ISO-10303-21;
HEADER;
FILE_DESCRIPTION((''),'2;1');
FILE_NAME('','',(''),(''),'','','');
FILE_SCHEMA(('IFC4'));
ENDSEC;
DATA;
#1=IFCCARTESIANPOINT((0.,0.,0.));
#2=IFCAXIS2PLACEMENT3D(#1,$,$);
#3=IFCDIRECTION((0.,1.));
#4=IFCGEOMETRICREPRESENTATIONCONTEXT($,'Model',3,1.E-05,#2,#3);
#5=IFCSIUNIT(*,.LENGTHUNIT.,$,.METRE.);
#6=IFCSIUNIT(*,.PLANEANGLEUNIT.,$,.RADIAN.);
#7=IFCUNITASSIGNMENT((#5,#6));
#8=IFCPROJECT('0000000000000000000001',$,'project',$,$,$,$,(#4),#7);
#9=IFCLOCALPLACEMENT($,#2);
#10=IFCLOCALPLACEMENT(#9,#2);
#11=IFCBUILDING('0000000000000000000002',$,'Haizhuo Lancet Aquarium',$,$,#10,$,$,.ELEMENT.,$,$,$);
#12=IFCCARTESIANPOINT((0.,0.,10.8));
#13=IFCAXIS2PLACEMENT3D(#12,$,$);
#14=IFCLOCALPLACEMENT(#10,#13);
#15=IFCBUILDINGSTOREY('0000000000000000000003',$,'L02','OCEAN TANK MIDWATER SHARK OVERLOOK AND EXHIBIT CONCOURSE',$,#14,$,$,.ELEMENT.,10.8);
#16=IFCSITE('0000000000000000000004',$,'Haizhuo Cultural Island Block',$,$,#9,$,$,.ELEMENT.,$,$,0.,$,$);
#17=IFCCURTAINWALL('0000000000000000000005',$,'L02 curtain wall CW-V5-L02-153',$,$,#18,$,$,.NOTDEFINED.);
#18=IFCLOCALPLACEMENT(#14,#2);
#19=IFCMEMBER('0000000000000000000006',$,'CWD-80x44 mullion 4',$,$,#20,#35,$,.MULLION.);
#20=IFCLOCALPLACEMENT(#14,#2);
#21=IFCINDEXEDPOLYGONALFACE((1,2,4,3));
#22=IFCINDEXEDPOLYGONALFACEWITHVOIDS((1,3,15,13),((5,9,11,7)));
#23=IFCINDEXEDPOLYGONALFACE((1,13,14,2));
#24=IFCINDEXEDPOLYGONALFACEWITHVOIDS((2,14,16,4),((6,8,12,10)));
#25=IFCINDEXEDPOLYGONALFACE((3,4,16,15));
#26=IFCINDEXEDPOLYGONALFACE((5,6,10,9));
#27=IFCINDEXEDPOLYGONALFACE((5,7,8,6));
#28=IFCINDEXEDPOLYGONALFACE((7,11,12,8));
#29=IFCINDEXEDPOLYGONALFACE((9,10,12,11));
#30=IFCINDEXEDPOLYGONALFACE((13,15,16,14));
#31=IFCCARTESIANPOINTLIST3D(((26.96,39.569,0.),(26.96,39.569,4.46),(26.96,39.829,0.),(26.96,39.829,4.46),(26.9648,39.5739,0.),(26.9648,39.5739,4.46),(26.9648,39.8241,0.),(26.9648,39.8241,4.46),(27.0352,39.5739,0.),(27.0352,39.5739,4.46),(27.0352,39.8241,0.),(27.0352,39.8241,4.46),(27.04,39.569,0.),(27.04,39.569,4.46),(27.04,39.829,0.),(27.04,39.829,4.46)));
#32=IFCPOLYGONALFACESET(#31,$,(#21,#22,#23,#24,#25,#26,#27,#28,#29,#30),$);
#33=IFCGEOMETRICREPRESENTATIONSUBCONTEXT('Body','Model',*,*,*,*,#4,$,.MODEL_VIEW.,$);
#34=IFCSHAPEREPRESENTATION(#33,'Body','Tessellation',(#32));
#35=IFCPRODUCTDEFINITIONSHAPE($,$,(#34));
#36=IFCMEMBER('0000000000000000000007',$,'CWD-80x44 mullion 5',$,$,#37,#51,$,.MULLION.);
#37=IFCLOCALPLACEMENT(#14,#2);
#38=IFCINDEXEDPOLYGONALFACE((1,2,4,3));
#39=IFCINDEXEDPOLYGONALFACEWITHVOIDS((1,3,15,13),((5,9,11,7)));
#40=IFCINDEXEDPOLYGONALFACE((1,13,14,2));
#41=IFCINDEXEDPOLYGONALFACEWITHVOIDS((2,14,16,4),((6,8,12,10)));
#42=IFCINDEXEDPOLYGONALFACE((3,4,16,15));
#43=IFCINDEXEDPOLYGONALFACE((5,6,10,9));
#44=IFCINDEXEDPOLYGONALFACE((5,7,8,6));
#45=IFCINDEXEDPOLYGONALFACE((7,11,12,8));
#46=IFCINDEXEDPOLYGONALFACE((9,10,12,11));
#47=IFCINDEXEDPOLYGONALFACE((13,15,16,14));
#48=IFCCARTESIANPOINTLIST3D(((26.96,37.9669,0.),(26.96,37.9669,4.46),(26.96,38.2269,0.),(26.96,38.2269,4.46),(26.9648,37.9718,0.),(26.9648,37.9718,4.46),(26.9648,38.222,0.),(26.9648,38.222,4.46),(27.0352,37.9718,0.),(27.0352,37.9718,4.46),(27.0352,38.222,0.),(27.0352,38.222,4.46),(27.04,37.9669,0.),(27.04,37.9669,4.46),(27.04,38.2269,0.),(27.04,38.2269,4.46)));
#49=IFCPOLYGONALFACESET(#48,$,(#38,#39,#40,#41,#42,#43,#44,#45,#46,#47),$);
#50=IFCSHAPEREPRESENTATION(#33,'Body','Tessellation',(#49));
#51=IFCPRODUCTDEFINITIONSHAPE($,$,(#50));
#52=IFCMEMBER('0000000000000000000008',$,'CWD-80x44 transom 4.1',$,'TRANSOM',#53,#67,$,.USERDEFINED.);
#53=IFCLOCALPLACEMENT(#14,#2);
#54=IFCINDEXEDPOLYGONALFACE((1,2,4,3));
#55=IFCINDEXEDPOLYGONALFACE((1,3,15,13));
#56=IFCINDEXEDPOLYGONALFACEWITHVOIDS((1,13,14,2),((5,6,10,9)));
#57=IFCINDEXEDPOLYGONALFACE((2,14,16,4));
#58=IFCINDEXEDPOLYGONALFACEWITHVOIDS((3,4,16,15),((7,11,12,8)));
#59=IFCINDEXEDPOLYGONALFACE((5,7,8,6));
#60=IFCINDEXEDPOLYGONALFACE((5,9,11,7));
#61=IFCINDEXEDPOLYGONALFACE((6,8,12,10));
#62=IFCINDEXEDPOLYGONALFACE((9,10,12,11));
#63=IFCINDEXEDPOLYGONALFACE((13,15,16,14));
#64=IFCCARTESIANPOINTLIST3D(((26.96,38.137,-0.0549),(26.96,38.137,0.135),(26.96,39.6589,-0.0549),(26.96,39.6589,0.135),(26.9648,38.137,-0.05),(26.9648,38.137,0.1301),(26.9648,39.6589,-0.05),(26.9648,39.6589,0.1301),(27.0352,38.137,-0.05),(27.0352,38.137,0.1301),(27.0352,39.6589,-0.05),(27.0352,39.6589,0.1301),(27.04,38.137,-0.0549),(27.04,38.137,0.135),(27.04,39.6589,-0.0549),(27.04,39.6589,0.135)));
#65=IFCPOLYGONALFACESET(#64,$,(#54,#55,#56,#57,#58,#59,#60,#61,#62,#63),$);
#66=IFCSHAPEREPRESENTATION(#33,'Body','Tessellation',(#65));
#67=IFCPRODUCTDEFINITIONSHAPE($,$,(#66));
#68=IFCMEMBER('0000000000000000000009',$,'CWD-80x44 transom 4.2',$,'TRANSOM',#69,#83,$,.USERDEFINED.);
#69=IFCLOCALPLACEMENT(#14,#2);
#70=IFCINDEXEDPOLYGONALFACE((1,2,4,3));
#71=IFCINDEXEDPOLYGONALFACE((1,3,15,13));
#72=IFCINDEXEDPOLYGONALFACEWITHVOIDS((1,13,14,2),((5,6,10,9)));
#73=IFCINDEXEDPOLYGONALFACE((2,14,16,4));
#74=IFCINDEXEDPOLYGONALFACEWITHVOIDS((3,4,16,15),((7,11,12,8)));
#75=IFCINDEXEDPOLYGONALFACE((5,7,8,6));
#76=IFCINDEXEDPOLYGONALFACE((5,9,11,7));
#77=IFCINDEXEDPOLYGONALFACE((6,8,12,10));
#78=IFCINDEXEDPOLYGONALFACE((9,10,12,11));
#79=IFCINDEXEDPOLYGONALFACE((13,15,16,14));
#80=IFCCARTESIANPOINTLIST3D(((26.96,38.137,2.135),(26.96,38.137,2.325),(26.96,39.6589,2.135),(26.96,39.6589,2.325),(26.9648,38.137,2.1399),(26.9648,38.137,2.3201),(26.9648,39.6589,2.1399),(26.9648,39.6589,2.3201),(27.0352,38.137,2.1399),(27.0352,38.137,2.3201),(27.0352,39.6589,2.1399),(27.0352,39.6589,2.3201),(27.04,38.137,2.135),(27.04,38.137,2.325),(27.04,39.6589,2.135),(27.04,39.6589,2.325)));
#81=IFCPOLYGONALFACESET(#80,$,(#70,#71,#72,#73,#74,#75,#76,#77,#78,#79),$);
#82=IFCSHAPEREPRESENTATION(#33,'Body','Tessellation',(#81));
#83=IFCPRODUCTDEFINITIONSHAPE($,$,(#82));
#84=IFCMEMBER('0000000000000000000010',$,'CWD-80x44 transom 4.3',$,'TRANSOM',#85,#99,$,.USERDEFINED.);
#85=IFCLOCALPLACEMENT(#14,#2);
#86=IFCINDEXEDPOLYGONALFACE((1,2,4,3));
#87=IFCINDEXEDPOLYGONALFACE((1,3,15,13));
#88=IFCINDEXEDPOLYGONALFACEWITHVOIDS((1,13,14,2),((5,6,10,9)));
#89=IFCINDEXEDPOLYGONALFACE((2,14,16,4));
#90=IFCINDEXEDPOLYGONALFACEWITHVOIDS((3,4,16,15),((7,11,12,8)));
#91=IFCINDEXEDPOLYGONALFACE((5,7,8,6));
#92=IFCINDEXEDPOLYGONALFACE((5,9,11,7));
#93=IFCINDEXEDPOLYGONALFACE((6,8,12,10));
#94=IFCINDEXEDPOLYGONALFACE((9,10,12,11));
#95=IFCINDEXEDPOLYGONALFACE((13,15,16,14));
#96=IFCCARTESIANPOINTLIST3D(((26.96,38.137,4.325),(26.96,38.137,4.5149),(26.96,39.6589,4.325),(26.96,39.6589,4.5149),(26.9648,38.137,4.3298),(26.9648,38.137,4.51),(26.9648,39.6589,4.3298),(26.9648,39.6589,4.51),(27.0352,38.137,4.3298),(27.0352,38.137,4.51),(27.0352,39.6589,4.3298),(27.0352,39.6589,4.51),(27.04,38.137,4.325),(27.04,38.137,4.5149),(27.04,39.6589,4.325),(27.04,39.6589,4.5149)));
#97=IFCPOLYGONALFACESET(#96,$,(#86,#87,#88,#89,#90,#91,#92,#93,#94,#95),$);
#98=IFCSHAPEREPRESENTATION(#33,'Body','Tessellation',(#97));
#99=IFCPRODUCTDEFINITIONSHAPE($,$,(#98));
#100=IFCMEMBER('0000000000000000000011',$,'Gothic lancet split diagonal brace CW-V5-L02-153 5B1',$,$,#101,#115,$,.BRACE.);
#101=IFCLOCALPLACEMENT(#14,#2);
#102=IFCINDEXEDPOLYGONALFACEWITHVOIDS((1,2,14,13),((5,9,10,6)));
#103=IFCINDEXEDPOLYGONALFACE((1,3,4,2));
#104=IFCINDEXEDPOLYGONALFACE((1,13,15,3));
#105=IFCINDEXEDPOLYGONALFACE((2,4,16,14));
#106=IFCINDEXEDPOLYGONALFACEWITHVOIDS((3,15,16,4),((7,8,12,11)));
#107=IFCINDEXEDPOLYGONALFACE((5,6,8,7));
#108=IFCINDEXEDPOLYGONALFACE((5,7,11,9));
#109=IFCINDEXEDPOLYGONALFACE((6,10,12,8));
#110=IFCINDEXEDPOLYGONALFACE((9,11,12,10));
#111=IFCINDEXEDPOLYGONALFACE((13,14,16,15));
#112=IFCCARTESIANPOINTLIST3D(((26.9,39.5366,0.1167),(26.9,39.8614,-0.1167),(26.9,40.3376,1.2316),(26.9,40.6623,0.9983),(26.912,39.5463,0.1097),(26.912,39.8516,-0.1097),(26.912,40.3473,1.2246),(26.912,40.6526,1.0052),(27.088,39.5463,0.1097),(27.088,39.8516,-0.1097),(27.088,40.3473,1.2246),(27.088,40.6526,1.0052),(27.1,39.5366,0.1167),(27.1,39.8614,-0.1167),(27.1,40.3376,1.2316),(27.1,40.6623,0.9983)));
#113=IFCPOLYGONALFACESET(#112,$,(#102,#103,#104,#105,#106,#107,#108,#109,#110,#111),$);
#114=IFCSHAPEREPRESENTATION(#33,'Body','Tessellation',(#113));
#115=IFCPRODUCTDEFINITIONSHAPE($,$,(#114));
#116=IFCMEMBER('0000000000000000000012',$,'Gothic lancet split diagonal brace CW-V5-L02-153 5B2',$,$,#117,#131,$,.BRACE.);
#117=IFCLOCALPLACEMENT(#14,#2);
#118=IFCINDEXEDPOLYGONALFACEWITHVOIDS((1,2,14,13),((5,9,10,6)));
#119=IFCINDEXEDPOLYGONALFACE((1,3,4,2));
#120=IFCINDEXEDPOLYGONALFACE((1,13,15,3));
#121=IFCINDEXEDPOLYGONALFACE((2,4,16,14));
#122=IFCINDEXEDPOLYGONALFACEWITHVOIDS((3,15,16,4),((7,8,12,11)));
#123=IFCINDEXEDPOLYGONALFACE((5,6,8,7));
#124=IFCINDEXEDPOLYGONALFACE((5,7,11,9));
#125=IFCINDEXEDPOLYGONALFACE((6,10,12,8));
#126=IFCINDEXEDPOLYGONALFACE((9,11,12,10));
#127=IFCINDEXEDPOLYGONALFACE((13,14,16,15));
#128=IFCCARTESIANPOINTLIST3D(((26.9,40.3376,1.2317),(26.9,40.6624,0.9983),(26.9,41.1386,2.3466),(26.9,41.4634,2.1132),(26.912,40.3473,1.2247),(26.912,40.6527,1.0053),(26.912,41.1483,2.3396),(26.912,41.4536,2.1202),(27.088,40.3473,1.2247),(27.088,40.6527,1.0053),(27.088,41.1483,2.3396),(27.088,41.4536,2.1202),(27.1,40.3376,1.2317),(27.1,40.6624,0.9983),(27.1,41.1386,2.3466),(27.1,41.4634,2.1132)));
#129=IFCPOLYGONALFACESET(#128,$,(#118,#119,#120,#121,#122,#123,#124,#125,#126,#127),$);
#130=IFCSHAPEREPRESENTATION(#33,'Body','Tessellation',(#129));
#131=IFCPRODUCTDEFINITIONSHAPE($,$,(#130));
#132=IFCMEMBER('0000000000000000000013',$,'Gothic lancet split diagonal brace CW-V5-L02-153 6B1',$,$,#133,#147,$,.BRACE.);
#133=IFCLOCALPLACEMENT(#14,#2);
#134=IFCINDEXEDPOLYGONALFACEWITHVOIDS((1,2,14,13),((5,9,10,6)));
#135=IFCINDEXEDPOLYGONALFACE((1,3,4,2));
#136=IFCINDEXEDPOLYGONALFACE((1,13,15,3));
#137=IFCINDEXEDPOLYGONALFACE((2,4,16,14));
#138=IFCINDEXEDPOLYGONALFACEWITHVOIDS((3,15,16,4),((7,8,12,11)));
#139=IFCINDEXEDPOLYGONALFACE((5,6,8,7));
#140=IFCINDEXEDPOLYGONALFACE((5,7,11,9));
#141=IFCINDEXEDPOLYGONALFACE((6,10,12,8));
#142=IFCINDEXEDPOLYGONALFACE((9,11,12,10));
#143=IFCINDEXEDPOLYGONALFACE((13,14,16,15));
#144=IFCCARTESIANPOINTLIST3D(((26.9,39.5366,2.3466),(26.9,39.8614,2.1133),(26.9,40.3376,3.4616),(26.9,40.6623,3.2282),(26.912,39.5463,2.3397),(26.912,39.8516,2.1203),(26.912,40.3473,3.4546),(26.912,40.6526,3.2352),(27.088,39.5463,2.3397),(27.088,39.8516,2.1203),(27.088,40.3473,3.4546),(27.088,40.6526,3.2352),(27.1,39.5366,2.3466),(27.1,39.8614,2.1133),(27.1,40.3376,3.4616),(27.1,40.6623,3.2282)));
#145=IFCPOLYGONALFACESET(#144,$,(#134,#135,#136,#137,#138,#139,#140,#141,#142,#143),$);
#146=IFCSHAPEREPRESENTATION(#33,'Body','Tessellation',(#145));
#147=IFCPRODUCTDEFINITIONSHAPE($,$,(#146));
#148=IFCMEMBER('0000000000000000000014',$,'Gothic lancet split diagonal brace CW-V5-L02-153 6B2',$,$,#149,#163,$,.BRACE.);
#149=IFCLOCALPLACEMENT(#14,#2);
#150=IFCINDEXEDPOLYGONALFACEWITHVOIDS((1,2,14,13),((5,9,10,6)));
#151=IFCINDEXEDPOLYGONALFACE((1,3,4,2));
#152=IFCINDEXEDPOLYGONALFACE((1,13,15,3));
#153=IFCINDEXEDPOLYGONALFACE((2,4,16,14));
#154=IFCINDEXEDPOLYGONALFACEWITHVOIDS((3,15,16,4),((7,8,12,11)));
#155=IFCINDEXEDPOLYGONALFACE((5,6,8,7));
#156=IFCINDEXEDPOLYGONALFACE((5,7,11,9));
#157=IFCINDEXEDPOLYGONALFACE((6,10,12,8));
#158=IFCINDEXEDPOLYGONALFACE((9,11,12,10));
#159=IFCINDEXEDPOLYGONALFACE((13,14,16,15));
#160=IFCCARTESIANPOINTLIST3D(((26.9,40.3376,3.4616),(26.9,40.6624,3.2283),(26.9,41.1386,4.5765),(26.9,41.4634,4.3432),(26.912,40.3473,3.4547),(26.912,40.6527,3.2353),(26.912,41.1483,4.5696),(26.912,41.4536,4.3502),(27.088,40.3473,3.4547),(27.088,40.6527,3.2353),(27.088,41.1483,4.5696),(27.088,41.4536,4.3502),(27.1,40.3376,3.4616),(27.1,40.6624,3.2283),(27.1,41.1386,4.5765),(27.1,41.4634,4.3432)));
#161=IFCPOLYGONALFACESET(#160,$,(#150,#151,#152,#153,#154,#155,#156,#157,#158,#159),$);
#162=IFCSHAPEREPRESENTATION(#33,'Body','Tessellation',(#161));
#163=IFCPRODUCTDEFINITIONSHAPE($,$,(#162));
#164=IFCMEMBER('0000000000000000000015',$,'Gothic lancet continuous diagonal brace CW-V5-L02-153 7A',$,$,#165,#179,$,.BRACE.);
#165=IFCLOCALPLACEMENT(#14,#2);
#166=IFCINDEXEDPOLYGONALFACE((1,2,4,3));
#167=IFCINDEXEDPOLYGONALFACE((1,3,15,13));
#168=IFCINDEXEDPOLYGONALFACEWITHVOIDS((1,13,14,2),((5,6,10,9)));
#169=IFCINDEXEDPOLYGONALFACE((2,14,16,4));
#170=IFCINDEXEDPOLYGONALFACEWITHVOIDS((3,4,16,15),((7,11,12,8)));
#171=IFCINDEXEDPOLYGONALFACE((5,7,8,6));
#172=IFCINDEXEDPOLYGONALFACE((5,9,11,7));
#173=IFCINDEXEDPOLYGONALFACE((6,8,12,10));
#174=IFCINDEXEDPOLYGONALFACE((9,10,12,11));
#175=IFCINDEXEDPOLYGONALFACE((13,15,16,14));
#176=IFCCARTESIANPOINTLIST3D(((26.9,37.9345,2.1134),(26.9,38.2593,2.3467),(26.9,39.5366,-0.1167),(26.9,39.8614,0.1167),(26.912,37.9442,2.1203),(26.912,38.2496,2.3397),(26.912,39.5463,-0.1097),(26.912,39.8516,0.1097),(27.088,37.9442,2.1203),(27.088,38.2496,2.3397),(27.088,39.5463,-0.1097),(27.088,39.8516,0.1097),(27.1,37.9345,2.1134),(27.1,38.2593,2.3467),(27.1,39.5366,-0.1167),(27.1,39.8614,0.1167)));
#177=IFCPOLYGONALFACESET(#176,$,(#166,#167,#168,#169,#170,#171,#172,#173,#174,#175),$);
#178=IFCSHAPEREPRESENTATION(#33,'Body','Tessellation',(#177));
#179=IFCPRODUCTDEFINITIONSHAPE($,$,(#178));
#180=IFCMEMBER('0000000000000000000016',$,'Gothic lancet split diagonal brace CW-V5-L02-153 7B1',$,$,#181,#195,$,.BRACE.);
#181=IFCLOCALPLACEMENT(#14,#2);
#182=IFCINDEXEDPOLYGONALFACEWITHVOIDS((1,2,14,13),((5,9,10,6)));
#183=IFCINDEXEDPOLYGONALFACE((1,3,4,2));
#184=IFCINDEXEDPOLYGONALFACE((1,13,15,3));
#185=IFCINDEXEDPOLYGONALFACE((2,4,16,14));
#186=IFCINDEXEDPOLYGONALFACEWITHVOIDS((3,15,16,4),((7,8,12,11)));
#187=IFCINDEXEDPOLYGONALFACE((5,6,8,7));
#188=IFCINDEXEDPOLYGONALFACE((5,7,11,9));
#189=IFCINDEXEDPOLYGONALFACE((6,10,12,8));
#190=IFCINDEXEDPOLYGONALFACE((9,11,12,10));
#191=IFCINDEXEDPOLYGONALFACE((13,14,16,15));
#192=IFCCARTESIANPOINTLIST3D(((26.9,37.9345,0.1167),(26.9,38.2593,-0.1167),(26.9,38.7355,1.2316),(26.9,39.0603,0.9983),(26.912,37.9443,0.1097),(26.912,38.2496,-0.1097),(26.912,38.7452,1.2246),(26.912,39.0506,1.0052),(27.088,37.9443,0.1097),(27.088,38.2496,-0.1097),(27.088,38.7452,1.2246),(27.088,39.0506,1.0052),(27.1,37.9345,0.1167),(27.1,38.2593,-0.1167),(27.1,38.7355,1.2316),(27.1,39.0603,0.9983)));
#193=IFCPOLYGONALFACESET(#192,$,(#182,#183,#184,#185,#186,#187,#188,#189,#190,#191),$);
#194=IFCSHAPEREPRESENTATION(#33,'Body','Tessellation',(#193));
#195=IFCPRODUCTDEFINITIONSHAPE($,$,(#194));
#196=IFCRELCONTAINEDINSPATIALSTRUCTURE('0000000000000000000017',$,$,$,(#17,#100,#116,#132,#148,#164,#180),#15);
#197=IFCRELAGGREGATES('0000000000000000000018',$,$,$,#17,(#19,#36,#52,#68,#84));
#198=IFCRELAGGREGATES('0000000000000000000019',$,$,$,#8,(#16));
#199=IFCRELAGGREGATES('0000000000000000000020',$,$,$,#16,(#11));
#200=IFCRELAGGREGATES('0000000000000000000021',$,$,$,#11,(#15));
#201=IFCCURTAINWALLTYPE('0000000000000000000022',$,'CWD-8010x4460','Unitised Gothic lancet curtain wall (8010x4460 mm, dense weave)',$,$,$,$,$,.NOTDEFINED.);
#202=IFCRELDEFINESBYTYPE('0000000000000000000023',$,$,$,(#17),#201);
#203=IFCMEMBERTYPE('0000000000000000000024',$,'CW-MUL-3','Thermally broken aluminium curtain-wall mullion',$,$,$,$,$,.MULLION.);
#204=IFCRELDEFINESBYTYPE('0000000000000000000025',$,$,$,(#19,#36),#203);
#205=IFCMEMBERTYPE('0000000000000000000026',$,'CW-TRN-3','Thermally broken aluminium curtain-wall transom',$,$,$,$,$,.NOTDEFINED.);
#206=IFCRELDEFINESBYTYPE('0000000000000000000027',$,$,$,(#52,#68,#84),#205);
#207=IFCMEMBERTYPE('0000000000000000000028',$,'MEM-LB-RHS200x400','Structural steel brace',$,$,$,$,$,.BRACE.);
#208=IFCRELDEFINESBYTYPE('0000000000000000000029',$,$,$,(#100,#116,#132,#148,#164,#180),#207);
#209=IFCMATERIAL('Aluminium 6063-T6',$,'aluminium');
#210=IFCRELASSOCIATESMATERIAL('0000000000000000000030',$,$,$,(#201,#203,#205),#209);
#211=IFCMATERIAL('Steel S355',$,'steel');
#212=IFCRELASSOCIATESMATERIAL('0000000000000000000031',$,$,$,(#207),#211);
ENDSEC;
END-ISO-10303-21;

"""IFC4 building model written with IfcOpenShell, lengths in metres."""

from ifc_helpers import new_model, si_unit, direction, frame, origin, origin_2d, place, context, subcontext, project, spatial, hollow_rectangle, extrude, material, material_profile, profile_set, type_object, element, aggregate, save


model = new_model("IFC4")

# Units and contexts
model_context = context("Model", 3, precision=1e-05, world=origin(), true_north=direction((0.0, 1.0)))
body_context = subcontext(model_context, "Body", "Model", "MODEL_VIEW")
ifc_project = project(units=[si_unit("LENGTHUNIT", "METRE"), si_unit("PLANEANGLEUNIT", "RADIAN")], contexts=[model_context])

# Site, building, storey
site_placement = place(None, origin())
site = spatial("IfcSite", under=ifc_project, at=site_placement, Name="Haizhuo Cultural Island Block", CompositionType="ELEMENT", RefElevation=0.0)
building_placement = place(site_placement, origin())
building = spatial("IfcBuilding", under=site, at=building_placement, Name="Haizhuo Lancet Aquarium", CompositionType="ELEMENT")
storey_placement = place(building_placement, frame((0.0, 0.0, 10.8)))
storey = spatial("IfcBuildingStorey", under=building, at=storey_placement, Name="L02", Description="OCEAN TANK MIDWATER SHARK OVERLOOK AND EXHIBIT CONCOURSE", CompositionType="ELEMENT", Elevation=10.8)

# Curtain wall, members
ifc_material_1 = material(Name="Aluminium 6063-T6", Category="aluminium")
curtain_wall_type = type_object("IfcCurtainWallType", Name="CWD-8010x4460", Description="Unitised Gothic lancet curtain wall (8010x4460 mm, dense weave)", PredefinedType="NOTDEFINED", material=ifc_material_1)
curtain_wall_placement = place(storey_placement, origin())
curtain_wall = element("IfcCurtainWall", 1, at=curtain_wall_placement, inside=storey, type_object=curtain_wall_type, Name="L02 curtain wall CW-V5-L02-153", PredefinedType="NOTDEFINED")
ifc_material_profile_1 = material_profile(ifc_material_1, hollow_rectangle(XDim=0.0801, YDim=0.26, WallThickness=0.0049, at=origin_2d()), Name="ALU-M 80x260x5")
ifc_profile_set_1 = profile_set([ifc_material_profile_1], Name="Aluminium 6063-T6")
member_type_1 = type_object("IfcMemberType", Name="CW-MUL-3", Description="Thermally broken aluminium curtain-wall mullion", PredefinedType="MULLION", material=ifc_profile_set_1)
member_1_placement = place(storey_placement, frame((27.0, 39.699, 0.0), z_axis=(0.0, 0.0, 1.0), x_axis=(1.0, 0.0, 0.0)))
member_1 = element("IfcMember", 2, at=member_1_placement, type_object=member_type_1, Name="CWD-80x44 mullion 4", PredefinedType="MULLION", context=body_context, shape_type="SweptSolid", body=[
    extrude(hollow_rectangle(XDim=0.0801, YDim=0.26, WallThickness=0.0049, at=origin_2d()), origin(), (0.0, 0.0, 1.0), 4.46),
])
member_2_placement = place(storey_placement, frame((27.0, 38.0969, 0.0), z_axis=(0.0, 0.0, 1.0), x_axis=(1.0, 0.0, 0.0)))
member_2 = element("IfcMember", 3, at=member_2_placement, type_object=member_type_1, Name="CWD-80x44 mullion 5", PredefinedType="MULLION", context=body_context, shape_type="SweptSolid", body=[
    extrude(hollow_rectangle(XDim=0.0801, YDim=0.26, WallThickness=0.0049, at=origin_2d()), origin(), (0.0, 0.0, 1.0), 4.46),
])
ifc_material_profile_2 = material_profile(ifc_material_1, hollow_rectangle(XDim=0.0801, YDim=0.1899, WallThickness=0.0049, at=origin_2d()), Name="ALU-T 80x190x5")
ifc_profile_set_2 = profile_set([ifc_material_profile_2], Name="Aluminium 6063-T6")
member_type_2 = type_object("IfcMemberType", Name="CW-TRN-3", Description="Thermally broken aluminium curtain-wall transom", PredefinedType="NOTDEFINED", material=ifc_profile_set_2)
member_3_placement = place(storey_placement, frame((27.0, 39.6589, 0.04), z_axis=(0.0, -1.0, 0.0), x_axis=(1.0, 0.0, 0.0)))
member_3 = element("IfcMember", 4, at=member_3_placement, type_object=member_type_2, Name="CWD-80x44 transom 4.1", ObjectType="TRANSOM", PredefinedType="USERDEFINED", context=body_context, shape_type="SweptSolid", body=[
    extrude(hollow_rectangle(XDim=0.0801, YDim=0.1899, WallThickness=0.0049, at=origin_2d()), origin(), (0.0, 0.0, 1.0), 1.522),
])
member_4_placement = place(storey_placement, frame((27.0, 39.6589, 2.23), z_axis=(0.0, -1.0, 0.0), x_axis=(1.0, 0.0, 0.0)))
member_4 = element("IfcMember", 5, at=member_4_placement, type_object=member_type_2, Name="CWD-80x44 transom 4.2", ObjectType="TRANSOM", PredefinedType="USERDEFINED", context=body_context, shape_type="SweptSolid", body=[
    extrude(hollow_rectangle(XDim=0.0801, YDim=0.1899, WallThickness=0.0049, at=origin_2d()), origin(), (0.0, 0.0, 1.0), 1.522),
])
member_5_placement = place(storey_placement, frame((27.0, 39.6589, 4.4199), z_axis=(0.0, -1.0, 0.0), x_axis=(1.0, 0.0, 0.0)))
member_5 = element("IfcMember", 6, at=member_5_placement, type_object=member_type_2, Name="CWD-80x44 transom 4.3", ObjectType="TRANSOM", PredefinedType="USERDEFINED", context=body_context, shape_type="SweptSolid", body=[
    extrude(hollow_rectangle(XDim=0.0801, YDim=0.1899, WallThickness=0.0049, at=origin_2d()), origin(), (0.0, 0.0, 1.0), 1.522),
])

# Members
ifc_material_2 = material(Name="Steel S355", Category="steel")
ifc_material_profile_3 = material_profile(ifc_material_2, hollow_rectangle(XDim=0.2, YDim=0.3999, WallThickness=0.012, at=origin_2d()), Name="RHS 200x400x12")
ifc_profile_set_3 = profile_set([ifc_material_profile_3], Name="Steel S355")
member_type_3 = type_object("IfcMemberType", Name="MEM-LB-RHS200x400", Description="Structural steel brace", PredefinedType="BRACE", material=ifc_profile_set_3)
for number, where, z_axis, x_axis, name in (
    (7, (27.0, 39.699, 0.0), (0.0, 0.583456, 0.812144), (-1.0, 0.0, 0.0), "Gothic lancet split diagonal brace CW-V5-L02-153 5B1"),
    (8, (27.0, 40.5, 1.115), (0.0, 0.583456, 0.812144), (-1.0, 0.0, 0.0), "Gothic lancet split diagonal brace CW-V5-L02-153 5B2"),
    (9, (27.0, 39.699, 2.23), (0.0, 0.583456, 0.812144), (-1.0, 0.0, 0.0), "Gothic lancet split diagonal brace CW-V5-L02-153 6B1"),
    (10, (27.0, 40.5, 3.345), (0.0, 0.583456, 0.812144), (-1.0, 0.0, 0.0), "Gothic lancet split diagonal brace CW-V5-L02-153 6B2"),
):
    element("IfcMember", number, at=place(storey_placement, frame(where, z_axis=z_axis, x_axis=x_axis)), inside=storey, type_object=member_type_3, Name=name, PredefinedType="BRACE", context=body_context, shape_type="SweptSolid", body=[
        extrude(hollow_rectangle(XDim=0.2, YDim=0.3999, WallThickness=0.012, at=origin_2d()), origin(), (0.0, 0.0, 1.0), 1.3728),
    ])
member_6_placement = place(storey_placement, frame((27.0, 39.699, 0.0), z_axis=(0.0, -0.583456, 0.812144), x_axis=(1.0, 0.0, 0.0)))
element("IfcMember", 11, at=member_6_placement, inside=storey, type_object=member_type_3, Name="Gothic lancet continuous diagonal brace CW-V5-L02-153 7A", PredefinedType="BRACE", context=body_context, shape_type="SweptSolid", body=[
    extrude(hollow_rectangle(XDim=0.2, YDim=0.3999, WallThickness=0.012, at=origin_2d()), origin(), (0.0, 0.0, 1.0), 2.7458),
])
for number, where, z_axis, x_axis, name in (
    (12, (27.0, 38.0969, 0.0), (0.0, 0.583456, 0.812144), (-1.0, 0.0, 0.0), "Gothic lancet split diagonal brace CW-V5-L02-153 7B1"),
):
    element("IfcMember", number, at=place(storey_placement, frame(where, z_axis=z_axis, x_axis=x_axis)), inside=storey, type_object=member_type_3, Name=name, PredefinedType="BRACE", context=body_context, shape_type="SweptSolid", body=[
        extrude(hollow_rectangle(XDim=0.2, YDim=0.3999, WallThickness=0.012, at=origin_2d()), origin(), (0.0, 0.0, 1.0), 1.3728),
    ])

aggregate(curtain_wall, [member_1, member_2, member_3, member_4, member_5])

save(model, "model.ifc")
